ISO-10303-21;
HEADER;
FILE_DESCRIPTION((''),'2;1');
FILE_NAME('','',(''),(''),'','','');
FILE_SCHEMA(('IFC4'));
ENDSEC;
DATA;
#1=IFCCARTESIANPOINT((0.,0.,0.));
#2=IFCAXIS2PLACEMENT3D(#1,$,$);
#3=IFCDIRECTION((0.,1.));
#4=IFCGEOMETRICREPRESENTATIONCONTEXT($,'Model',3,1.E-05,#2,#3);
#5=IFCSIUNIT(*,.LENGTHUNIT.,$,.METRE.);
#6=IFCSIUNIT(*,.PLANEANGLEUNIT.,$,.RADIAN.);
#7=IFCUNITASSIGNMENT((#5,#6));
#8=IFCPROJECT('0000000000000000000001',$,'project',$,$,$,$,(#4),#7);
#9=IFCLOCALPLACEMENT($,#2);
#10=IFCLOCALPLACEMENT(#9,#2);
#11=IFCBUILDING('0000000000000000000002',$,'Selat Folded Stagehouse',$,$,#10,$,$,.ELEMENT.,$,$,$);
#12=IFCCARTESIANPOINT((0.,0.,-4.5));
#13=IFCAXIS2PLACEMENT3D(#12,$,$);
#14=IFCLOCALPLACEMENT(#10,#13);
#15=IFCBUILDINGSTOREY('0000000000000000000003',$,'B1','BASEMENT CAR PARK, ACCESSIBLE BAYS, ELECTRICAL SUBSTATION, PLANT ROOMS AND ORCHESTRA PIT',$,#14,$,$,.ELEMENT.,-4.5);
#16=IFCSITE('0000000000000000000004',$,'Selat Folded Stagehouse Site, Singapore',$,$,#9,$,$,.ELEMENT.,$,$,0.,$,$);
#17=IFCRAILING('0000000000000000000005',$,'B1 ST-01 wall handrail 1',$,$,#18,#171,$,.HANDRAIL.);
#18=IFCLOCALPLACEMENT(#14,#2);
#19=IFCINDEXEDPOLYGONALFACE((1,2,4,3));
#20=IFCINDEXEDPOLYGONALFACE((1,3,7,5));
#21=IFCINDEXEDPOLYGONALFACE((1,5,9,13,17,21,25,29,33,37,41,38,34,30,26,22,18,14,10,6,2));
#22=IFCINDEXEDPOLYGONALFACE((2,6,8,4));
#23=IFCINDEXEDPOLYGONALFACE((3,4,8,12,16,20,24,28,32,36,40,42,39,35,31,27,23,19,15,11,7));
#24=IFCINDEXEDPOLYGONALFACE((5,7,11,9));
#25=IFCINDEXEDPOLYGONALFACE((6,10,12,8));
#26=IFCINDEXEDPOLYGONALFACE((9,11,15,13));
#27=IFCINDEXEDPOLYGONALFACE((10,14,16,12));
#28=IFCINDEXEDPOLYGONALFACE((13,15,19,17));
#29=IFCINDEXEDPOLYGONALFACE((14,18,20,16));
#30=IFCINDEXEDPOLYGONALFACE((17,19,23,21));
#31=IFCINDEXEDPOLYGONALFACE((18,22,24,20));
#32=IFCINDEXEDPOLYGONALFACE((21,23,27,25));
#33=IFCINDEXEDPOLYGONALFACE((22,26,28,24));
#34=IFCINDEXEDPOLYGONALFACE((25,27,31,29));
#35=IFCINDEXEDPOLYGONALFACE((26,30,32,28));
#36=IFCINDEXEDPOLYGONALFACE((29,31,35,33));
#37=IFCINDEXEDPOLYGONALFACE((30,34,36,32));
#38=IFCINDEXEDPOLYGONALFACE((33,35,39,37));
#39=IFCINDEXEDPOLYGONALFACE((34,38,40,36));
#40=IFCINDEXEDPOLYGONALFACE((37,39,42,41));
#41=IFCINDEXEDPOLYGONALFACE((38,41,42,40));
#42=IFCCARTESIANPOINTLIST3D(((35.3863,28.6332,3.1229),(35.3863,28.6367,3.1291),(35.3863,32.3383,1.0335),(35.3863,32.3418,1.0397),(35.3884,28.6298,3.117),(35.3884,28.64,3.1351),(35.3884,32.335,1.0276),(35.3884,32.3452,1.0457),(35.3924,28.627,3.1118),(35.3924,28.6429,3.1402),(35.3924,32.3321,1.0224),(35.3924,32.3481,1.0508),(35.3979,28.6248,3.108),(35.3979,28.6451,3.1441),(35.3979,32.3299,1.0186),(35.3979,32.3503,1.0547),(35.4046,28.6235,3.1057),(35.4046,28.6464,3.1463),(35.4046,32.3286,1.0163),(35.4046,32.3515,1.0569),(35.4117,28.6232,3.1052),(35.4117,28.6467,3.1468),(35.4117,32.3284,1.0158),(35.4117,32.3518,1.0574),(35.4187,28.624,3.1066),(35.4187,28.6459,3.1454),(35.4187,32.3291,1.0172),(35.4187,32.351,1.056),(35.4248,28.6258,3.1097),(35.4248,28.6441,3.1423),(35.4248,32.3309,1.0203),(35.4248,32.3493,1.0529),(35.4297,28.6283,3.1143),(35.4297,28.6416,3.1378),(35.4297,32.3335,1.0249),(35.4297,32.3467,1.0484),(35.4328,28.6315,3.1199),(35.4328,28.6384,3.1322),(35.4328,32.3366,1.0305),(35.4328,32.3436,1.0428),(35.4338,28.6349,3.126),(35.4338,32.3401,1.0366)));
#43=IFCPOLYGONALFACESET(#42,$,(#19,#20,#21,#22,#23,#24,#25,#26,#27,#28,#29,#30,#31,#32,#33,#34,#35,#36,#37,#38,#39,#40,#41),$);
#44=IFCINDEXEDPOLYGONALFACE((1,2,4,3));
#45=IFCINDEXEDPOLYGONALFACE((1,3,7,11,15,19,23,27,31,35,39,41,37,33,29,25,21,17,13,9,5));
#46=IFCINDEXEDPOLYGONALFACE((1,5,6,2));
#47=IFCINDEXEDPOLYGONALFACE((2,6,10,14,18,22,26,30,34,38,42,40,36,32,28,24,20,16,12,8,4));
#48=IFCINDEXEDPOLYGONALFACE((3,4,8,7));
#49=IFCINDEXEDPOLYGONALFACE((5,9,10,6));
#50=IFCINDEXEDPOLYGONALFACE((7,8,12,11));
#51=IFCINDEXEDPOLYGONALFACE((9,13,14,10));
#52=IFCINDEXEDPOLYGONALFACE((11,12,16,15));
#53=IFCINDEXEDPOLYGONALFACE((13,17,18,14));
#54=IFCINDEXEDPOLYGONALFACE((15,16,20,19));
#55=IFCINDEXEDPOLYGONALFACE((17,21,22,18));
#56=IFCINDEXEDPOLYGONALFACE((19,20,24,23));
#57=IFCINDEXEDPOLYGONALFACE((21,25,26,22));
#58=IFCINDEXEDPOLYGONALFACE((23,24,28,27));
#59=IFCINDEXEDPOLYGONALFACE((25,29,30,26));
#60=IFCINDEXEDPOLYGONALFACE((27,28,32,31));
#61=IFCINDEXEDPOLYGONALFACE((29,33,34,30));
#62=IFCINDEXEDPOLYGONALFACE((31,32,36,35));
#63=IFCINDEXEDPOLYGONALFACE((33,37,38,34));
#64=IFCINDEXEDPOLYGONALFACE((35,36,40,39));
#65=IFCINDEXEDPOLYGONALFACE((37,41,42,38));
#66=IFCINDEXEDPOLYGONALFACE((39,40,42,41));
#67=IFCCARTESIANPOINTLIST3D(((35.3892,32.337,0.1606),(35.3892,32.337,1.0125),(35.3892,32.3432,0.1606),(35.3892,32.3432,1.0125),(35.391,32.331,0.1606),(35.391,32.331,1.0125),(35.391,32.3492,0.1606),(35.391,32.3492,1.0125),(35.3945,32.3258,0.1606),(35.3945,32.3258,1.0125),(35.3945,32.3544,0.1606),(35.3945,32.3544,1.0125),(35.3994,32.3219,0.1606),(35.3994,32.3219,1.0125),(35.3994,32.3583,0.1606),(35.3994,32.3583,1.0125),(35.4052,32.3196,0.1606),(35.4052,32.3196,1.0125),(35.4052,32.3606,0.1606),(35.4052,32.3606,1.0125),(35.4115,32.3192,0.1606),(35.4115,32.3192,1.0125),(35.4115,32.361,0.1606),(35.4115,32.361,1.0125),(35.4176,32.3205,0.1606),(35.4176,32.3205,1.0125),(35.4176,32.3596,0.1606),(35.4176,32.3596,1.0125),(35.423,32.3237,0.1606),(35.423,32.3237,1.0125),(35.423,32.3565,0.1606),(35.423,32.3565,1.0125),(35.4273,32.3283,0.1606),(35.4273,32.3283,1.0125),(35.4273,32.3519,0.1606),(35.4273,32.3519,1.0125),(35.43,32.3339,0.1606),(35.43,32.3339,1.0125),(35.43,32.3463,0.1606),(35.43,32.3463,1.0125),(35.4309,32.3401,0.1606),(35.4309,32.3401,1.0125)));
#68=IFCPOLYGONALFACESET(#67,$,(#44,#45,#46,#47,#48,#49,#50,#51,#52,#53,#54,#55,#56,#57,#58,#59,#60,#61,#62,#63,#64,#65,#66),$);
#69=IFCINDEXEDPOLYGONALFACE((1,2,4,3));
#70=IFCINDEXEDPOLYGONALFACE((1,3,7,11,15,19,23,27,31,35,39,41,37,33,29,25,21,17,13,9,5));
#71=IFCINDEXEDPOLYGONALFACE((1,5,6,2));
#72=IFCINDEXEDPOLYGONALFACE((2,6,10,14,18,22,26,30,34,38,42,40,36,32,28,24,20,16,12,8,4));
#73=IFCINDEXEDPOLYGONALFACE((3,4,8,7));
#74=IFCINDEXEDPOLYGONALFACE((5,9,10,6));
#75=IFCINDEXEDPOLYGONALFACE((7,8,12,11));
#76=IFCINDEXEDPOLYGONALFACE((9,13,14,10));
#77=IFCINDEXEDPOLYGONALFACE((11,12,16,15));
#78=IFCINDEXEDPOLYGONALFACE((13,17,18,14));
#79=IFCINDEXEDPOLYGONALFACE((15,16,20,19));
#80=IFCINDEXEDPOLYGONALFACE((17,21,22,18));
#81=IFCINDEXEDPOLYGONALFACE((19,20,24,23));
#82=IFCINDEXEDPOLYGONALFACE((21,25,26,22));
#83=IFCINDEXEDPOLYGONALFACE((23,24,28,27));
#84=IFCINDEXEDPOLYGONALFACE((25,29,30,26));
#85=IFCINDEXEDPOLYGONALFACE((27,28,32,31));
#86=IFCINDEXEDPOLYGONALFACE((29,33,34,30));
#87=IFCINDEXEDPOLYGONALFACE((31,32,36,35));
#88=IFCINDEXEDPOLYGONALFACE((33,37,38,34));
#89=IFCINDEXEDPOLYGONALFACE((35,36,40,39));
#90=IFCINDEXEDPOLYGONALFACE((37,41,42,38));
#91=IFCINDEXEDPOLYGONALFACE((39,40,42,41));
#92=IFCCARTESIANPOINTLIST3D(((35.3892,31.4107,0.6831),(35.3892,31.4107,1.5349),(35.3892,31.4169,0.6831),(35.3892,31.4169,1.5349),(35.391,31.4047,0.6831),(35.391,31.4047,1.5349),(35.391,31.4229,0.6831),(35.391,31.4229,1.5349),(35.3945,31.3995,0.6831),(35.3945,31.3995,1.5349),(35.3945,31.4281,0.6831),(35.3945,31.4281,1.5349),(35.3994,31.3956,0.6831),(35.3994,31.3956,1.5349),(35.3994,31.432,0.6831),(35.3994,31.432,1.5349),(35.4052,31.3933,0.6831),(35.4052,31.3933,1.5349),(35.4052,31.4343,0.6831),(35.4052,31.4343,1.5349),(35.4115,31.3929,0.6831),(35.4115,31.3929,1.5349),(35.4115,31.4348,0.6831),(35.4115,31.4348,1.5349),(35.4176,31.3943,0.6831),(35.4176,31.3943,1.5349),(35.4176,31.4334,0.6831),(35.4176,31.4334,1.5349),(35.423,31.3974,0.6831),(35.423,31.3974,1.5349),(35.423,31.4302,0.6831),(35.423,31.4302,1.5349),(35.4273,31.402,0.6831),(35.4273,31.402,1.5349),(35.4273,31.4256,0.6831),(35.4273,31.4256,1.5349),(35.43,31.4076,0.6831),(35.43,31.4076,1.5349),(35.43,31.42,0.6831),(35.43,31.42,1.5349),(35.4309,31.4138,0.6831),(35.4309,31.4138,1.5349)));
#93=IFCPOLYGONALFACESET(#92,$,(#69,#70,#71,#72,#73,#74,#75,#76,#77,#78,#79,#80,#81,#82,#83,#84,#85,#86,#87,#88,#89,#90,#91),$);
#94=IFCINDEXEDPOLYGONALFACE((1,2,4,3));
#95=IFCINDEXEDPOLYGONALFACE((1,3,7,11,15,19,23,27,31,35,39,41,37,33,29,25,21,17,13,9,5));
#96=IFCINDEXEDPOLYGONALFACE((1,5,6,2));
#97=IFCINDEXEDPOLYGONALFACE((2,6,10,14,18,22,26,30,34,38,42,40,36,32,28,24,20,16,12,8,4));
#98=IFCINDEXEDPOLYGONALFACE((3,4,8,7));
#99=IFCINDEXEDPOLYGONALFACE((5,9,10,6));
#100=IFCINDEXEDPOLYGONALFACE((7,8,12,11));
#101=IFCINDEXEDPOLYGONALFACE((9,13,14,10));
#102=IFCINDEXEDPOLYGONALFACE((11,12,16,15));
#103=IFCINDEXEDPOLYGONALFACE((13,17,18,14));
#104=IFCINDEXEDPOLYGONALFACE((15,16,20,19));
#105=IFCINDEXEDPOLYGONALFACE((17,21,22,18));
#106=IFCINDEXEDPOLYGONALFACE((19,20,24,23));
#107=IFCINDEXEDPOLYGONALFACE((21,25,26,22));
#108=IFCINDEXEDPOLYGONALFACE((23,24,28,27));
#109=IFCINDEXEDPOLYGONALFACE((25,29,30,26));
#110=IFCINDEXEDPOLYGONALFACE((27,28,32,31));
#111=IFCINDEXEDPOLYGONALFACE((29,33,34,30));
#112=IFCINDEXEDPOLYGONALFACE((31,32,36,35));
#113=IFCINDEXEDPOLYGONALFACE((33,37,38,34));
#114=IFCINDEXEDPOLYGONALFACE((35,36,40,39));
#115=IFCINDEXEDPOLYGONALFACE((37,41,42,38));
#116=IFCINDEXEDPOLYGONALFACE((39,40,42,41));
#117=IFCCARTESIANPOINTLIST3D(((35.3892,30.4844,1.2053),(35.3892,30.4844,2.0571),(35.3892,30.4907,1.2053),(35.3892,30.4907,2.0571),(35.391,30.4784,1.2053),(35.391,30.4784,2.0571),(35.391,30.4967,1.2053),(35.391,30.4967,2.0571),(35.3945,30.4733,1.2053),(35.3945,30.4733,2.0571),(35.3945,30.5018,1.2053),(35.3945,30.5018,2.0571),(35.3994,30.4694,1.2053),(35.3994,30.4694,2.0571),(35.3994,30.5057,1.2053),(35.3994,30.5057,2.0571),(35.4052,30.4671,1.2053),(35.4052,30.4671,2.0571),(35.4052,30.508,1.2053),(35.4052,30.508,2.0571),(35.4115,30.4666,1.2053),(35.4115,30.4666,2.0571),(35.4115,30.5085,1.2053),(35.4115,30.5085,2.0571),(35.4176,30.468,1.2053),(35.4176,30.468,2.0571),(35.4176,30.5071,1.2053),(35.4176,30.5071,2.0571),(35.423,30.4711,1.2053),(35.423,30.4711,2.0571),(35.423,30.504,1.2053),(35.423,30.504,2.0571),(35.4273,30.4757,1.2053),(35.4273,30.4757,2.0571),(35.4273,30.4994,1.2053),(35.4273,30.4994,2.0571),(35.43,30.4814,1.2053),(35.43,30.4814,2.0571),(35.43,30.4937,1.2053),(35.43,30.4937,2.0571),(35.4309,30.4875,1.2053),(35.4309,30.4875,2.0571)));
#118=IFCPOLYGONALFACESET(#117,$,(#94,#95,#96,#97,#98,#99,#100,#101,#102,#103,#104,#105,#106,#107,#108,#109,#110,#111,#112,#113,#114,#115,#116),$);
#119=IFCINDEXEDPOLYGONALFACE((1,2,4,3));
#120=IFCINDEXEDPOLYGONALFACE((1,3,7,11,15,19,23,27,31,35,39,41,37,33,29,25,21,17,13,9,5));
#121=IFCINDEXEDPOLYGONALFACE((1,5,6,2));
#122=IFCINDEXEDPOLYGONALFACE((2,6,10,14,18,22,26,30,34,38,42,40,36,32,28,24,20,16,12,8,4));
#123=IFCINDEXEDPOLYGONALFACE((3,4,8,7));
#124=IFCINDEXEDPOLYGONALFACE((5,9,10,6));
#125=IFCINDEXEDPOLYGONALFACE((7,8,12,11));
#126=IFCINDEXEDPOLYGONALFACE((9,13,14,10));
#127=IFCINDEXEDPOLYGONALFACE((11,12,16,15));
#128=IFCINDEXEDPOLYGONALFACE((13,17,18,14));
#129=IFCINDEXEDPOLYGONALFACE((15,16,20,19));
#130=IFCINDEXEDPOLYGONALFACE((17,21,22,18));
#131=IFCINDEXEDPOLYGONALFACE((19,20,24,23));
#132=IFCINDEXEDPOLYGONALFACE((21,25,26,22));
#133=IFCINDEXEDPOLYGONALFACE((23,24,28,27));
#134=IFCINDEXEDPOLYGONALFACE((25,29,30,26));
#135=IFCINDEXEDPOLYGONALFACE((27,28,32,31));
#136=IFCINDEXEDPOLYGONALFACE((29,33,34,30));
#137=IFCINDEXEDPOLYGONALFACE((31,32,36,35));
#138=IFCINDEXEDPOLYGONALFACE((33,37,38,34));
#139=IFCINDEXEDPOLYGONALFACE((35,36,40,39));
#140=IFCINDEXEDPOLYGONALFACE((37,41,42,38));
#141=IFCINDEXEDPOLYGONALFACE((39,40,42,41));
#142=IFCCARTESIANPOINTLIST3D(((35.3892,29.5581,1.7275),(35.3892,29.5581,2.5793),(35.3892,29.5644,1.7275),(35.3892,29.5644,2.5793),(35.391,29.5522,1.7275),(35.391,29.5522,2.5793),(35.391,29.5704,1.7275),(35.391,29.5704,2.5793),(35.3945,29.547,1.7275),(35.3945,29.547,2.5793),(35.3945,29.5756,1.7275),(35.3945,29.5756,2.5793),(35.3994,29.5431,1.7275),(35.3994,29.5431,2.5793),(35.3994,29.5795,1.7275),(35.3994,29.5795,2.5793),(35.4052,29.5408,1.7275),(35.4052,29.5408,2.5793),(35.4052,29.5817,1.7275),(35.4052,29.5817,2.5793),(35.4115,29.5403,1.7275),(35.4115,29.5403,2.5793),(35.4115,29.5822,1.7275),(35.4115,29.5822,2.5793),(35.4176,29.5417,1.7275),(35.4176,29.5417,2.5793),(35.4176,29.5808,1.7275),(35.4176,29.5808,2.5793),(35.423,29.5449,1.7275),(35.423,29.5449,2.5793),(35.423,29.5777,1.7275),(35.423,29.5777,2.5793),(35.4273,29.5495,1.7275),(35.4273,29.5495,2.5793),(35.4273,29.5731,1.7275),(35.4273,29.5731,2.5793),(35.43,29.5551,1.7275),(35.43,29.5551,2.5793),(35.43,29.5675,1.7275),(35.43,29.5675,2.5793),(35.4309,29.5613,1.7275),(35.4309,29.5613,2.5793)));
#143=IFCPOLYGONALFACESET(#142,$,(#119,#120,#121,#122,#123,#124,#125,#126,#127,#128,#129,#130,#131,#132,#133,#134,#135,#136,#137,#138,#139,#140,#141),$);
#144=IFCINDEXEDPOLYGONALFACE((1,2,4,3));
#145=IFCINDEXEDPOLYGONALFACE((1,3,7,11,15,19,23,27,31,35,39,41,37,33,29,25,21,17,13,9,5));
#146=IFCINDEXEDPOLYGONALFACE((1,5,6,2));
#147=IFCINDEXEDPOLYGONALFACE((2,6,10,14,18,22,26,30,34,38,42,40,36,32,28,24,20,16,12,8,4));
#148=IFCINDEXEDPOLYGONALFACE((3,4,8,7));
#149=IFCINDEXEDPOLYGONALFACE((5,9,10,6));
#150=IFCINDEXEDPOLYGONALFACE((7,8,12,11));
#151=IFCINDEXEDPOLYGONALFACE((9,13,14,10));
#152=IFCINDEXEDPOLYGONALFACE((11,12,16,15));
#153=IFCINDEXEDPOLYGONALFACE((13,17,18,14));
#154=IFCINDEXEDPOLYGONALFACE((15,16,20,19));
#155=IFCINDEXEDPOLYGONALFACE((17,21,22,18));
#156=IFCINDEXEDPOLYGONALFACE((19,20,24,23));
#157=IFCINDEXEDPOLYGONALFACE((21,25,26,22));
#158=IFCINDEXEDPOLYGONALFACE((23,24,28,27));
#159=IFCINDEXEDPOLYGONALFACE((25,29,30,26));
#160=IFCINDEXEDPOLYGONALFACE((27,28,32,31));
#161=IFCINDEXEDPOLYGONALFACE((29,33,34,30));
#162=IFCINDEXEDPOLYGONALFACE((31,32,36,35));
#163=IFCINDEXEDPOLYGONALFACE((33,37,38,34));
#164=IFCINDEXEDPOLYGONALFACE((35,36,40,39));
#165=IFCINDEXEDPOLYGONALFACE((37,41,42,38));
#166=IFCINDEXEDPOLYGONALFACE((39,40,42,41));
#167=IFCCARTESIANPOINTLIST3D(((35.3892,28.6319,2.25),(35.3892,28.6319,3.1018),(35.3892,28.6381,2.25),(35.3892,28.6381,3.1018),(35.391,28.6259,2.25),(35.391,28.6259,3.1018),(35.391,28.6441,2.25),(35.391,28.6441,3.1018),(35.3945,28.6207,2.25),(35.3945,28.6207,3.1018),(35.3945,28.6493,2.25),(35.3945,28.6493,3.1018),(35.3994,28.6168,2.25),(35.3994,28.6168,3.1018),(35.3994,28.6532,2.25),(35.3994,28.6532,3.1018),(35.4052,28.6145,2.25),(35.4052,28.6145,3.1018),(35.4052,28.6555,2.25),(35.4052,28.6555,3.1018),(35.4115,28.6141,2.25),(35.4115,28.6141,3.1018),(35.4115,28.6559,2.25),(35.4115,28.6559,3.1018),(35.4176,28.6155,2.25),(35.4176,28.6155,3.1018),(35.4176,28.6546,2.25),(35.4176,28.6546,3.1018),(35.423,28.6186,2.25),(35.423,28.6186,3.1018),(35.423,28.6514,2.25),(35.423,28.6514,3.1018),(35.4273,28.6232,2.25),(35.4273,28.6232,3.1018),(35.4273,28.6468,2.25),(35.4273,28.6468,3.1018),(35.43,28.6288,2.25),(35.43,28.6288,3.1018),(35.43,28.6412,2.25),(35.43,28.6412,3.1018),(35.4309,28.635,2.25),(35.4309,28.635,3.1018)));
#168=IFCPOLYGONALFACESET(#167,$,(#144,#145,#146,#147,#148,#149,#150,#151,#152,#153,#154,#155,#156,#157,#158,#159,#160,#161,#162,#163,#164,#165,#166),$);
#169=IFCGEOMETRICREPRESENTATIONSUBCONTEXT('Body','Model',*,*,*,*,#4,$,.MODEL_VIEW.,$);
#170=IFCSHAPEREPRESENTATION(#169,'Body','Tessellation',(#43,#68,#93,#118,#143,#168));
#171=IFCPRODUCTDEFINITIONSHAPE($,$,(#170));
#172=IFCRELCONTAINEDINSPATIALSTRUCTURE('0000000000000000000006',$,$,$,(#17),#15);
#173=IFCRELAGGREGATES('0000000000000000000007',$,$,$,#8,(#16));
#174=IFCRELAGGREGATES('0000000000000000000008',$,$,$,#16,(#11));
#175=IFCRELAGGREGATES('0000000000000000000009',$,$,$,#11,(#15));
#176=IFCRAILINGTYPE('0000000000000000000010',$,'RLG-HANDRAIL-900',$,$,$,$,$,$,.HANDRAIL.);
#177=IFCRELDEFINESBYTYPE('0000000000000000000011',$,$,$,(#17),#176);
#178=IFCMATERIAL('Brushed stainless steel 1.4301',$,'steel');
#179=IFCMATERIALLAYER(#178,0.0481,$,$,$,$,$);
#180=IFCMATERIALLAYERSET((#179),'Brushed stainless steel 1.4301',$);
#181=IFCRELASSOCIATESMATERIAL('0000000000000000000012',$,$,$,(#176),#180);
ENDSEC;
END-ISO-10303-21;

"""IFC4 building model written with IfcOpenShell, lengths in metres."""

from ifc_helpers import new_model, si_unit, direction, frame, origin, origin_2d, place, context, subcontext, project, spatial, circle, extrude, material, layer, layer_set, type_object, element, save


model = new_model("IFC4")

# Units and contexts
model_context = context("Model", 3, precision=1e-05, world=origin(), true_north=direction((0.0, 1.0)))
body_context = subcontext(model_context, "Body", "Model", "MODEL_VIEW")
ifc_project = project(units=[si_unit("LENGTHUNIT", "METRE"), si_unit("PLANEANGLEUNIT", "RADIAN")], contexts=[model_context])

# Site, building, storey
site_placement = place(None, origin())
site = spatial("IfcSite", under=ifc_project, at=site_placement, Name="Selat Folded Stagehouse Site, Singapore", CompositionType="ELEMENT", RefElevation=0.0)
building_placement = place(site_placement, origin())
building = spatial("IfcBuilding", under=site, at=building_placement, Name="Selat Folded Stagehouse", CompositionType="ELEMENT")
storey_placement = place(building_placement, frame((0.0, 0.0, -4.5)))
storey = spatial("IfcBuildingStorey", under=building, at=storey_placement, Name="B1", Description="BASEMENT CAR PARK, ACCESSIBLE BAYS, ELECTRICAL SUBSTATION, PLANT ROOMS AND ORCHESTRA PIT", CompositionType="ELEMENT", Elevation=-4.5)

# Railing
ifc_material_1 = material(Name="Brushed stainless steel 1.4301", Category="steel")
ifc_layer_1 = layer(ifc_material_1, 0.0481)
ifc_layer_set_1 = layer_set([ifc_layer_1], Name="Brushed stainless steel 1.4301")
railing_type_1 = type_object("IfcRailingType", Name="RLG-HANDRAIL-900", PredefinedType="HANDRAIL", material=ifc_layer_set_1)
railing_1_placement = place(storey_placement, frame((35.4099, 32.3401, 0.1606)))
element("IfcRailing", 1, at=railing_1_placement, inside=storey, type_object=railing_type_1, Name="B1 ST-01 wall handrail 1", PredefinedType="HANDRAIL", context=body_context, shape_type="SweptSolid", body=[
    extrude(circle(Radius=0.0239, at=origin_2d()), frame((0.0, 0.0, 0.876), z_axis=(0.0, -0.871048, 0.491198), x_axis=(1.0, 0.0, 0.0)), (0.0, 0.0, 1.0), 4.2537),
    extrude(circle(Radius=0.021, at=origin_2d()), origin(), (0.0, 0.0, 1.0), 0.8518),
    extrude(circle(Radius=0.021, at=origin_2d()), frame((0.0, -0.9263, 0.5225)), (0.0, 0.0, 1.0), 0.8518),
    extrude(circle(Radius=0.021, at=origin_2d()), frame((0.0, -1.8525, 1.0447)), (0.0, 0.0, 1.0), 0.8518),
    extrude(circle(Radius=0.021, at=origin_2d()), frame((0.0, -2.7788, 1.5669)), (0.0, 0.0, 1.0), 0.8518),
    extrude(circle(Radius=0.021, at=origin_2d()), frame((0.0, -3.7051, 2.0894)), (0.0, 0.0, 1.0), 0.8518),
])

save(model, "model.ifc")
